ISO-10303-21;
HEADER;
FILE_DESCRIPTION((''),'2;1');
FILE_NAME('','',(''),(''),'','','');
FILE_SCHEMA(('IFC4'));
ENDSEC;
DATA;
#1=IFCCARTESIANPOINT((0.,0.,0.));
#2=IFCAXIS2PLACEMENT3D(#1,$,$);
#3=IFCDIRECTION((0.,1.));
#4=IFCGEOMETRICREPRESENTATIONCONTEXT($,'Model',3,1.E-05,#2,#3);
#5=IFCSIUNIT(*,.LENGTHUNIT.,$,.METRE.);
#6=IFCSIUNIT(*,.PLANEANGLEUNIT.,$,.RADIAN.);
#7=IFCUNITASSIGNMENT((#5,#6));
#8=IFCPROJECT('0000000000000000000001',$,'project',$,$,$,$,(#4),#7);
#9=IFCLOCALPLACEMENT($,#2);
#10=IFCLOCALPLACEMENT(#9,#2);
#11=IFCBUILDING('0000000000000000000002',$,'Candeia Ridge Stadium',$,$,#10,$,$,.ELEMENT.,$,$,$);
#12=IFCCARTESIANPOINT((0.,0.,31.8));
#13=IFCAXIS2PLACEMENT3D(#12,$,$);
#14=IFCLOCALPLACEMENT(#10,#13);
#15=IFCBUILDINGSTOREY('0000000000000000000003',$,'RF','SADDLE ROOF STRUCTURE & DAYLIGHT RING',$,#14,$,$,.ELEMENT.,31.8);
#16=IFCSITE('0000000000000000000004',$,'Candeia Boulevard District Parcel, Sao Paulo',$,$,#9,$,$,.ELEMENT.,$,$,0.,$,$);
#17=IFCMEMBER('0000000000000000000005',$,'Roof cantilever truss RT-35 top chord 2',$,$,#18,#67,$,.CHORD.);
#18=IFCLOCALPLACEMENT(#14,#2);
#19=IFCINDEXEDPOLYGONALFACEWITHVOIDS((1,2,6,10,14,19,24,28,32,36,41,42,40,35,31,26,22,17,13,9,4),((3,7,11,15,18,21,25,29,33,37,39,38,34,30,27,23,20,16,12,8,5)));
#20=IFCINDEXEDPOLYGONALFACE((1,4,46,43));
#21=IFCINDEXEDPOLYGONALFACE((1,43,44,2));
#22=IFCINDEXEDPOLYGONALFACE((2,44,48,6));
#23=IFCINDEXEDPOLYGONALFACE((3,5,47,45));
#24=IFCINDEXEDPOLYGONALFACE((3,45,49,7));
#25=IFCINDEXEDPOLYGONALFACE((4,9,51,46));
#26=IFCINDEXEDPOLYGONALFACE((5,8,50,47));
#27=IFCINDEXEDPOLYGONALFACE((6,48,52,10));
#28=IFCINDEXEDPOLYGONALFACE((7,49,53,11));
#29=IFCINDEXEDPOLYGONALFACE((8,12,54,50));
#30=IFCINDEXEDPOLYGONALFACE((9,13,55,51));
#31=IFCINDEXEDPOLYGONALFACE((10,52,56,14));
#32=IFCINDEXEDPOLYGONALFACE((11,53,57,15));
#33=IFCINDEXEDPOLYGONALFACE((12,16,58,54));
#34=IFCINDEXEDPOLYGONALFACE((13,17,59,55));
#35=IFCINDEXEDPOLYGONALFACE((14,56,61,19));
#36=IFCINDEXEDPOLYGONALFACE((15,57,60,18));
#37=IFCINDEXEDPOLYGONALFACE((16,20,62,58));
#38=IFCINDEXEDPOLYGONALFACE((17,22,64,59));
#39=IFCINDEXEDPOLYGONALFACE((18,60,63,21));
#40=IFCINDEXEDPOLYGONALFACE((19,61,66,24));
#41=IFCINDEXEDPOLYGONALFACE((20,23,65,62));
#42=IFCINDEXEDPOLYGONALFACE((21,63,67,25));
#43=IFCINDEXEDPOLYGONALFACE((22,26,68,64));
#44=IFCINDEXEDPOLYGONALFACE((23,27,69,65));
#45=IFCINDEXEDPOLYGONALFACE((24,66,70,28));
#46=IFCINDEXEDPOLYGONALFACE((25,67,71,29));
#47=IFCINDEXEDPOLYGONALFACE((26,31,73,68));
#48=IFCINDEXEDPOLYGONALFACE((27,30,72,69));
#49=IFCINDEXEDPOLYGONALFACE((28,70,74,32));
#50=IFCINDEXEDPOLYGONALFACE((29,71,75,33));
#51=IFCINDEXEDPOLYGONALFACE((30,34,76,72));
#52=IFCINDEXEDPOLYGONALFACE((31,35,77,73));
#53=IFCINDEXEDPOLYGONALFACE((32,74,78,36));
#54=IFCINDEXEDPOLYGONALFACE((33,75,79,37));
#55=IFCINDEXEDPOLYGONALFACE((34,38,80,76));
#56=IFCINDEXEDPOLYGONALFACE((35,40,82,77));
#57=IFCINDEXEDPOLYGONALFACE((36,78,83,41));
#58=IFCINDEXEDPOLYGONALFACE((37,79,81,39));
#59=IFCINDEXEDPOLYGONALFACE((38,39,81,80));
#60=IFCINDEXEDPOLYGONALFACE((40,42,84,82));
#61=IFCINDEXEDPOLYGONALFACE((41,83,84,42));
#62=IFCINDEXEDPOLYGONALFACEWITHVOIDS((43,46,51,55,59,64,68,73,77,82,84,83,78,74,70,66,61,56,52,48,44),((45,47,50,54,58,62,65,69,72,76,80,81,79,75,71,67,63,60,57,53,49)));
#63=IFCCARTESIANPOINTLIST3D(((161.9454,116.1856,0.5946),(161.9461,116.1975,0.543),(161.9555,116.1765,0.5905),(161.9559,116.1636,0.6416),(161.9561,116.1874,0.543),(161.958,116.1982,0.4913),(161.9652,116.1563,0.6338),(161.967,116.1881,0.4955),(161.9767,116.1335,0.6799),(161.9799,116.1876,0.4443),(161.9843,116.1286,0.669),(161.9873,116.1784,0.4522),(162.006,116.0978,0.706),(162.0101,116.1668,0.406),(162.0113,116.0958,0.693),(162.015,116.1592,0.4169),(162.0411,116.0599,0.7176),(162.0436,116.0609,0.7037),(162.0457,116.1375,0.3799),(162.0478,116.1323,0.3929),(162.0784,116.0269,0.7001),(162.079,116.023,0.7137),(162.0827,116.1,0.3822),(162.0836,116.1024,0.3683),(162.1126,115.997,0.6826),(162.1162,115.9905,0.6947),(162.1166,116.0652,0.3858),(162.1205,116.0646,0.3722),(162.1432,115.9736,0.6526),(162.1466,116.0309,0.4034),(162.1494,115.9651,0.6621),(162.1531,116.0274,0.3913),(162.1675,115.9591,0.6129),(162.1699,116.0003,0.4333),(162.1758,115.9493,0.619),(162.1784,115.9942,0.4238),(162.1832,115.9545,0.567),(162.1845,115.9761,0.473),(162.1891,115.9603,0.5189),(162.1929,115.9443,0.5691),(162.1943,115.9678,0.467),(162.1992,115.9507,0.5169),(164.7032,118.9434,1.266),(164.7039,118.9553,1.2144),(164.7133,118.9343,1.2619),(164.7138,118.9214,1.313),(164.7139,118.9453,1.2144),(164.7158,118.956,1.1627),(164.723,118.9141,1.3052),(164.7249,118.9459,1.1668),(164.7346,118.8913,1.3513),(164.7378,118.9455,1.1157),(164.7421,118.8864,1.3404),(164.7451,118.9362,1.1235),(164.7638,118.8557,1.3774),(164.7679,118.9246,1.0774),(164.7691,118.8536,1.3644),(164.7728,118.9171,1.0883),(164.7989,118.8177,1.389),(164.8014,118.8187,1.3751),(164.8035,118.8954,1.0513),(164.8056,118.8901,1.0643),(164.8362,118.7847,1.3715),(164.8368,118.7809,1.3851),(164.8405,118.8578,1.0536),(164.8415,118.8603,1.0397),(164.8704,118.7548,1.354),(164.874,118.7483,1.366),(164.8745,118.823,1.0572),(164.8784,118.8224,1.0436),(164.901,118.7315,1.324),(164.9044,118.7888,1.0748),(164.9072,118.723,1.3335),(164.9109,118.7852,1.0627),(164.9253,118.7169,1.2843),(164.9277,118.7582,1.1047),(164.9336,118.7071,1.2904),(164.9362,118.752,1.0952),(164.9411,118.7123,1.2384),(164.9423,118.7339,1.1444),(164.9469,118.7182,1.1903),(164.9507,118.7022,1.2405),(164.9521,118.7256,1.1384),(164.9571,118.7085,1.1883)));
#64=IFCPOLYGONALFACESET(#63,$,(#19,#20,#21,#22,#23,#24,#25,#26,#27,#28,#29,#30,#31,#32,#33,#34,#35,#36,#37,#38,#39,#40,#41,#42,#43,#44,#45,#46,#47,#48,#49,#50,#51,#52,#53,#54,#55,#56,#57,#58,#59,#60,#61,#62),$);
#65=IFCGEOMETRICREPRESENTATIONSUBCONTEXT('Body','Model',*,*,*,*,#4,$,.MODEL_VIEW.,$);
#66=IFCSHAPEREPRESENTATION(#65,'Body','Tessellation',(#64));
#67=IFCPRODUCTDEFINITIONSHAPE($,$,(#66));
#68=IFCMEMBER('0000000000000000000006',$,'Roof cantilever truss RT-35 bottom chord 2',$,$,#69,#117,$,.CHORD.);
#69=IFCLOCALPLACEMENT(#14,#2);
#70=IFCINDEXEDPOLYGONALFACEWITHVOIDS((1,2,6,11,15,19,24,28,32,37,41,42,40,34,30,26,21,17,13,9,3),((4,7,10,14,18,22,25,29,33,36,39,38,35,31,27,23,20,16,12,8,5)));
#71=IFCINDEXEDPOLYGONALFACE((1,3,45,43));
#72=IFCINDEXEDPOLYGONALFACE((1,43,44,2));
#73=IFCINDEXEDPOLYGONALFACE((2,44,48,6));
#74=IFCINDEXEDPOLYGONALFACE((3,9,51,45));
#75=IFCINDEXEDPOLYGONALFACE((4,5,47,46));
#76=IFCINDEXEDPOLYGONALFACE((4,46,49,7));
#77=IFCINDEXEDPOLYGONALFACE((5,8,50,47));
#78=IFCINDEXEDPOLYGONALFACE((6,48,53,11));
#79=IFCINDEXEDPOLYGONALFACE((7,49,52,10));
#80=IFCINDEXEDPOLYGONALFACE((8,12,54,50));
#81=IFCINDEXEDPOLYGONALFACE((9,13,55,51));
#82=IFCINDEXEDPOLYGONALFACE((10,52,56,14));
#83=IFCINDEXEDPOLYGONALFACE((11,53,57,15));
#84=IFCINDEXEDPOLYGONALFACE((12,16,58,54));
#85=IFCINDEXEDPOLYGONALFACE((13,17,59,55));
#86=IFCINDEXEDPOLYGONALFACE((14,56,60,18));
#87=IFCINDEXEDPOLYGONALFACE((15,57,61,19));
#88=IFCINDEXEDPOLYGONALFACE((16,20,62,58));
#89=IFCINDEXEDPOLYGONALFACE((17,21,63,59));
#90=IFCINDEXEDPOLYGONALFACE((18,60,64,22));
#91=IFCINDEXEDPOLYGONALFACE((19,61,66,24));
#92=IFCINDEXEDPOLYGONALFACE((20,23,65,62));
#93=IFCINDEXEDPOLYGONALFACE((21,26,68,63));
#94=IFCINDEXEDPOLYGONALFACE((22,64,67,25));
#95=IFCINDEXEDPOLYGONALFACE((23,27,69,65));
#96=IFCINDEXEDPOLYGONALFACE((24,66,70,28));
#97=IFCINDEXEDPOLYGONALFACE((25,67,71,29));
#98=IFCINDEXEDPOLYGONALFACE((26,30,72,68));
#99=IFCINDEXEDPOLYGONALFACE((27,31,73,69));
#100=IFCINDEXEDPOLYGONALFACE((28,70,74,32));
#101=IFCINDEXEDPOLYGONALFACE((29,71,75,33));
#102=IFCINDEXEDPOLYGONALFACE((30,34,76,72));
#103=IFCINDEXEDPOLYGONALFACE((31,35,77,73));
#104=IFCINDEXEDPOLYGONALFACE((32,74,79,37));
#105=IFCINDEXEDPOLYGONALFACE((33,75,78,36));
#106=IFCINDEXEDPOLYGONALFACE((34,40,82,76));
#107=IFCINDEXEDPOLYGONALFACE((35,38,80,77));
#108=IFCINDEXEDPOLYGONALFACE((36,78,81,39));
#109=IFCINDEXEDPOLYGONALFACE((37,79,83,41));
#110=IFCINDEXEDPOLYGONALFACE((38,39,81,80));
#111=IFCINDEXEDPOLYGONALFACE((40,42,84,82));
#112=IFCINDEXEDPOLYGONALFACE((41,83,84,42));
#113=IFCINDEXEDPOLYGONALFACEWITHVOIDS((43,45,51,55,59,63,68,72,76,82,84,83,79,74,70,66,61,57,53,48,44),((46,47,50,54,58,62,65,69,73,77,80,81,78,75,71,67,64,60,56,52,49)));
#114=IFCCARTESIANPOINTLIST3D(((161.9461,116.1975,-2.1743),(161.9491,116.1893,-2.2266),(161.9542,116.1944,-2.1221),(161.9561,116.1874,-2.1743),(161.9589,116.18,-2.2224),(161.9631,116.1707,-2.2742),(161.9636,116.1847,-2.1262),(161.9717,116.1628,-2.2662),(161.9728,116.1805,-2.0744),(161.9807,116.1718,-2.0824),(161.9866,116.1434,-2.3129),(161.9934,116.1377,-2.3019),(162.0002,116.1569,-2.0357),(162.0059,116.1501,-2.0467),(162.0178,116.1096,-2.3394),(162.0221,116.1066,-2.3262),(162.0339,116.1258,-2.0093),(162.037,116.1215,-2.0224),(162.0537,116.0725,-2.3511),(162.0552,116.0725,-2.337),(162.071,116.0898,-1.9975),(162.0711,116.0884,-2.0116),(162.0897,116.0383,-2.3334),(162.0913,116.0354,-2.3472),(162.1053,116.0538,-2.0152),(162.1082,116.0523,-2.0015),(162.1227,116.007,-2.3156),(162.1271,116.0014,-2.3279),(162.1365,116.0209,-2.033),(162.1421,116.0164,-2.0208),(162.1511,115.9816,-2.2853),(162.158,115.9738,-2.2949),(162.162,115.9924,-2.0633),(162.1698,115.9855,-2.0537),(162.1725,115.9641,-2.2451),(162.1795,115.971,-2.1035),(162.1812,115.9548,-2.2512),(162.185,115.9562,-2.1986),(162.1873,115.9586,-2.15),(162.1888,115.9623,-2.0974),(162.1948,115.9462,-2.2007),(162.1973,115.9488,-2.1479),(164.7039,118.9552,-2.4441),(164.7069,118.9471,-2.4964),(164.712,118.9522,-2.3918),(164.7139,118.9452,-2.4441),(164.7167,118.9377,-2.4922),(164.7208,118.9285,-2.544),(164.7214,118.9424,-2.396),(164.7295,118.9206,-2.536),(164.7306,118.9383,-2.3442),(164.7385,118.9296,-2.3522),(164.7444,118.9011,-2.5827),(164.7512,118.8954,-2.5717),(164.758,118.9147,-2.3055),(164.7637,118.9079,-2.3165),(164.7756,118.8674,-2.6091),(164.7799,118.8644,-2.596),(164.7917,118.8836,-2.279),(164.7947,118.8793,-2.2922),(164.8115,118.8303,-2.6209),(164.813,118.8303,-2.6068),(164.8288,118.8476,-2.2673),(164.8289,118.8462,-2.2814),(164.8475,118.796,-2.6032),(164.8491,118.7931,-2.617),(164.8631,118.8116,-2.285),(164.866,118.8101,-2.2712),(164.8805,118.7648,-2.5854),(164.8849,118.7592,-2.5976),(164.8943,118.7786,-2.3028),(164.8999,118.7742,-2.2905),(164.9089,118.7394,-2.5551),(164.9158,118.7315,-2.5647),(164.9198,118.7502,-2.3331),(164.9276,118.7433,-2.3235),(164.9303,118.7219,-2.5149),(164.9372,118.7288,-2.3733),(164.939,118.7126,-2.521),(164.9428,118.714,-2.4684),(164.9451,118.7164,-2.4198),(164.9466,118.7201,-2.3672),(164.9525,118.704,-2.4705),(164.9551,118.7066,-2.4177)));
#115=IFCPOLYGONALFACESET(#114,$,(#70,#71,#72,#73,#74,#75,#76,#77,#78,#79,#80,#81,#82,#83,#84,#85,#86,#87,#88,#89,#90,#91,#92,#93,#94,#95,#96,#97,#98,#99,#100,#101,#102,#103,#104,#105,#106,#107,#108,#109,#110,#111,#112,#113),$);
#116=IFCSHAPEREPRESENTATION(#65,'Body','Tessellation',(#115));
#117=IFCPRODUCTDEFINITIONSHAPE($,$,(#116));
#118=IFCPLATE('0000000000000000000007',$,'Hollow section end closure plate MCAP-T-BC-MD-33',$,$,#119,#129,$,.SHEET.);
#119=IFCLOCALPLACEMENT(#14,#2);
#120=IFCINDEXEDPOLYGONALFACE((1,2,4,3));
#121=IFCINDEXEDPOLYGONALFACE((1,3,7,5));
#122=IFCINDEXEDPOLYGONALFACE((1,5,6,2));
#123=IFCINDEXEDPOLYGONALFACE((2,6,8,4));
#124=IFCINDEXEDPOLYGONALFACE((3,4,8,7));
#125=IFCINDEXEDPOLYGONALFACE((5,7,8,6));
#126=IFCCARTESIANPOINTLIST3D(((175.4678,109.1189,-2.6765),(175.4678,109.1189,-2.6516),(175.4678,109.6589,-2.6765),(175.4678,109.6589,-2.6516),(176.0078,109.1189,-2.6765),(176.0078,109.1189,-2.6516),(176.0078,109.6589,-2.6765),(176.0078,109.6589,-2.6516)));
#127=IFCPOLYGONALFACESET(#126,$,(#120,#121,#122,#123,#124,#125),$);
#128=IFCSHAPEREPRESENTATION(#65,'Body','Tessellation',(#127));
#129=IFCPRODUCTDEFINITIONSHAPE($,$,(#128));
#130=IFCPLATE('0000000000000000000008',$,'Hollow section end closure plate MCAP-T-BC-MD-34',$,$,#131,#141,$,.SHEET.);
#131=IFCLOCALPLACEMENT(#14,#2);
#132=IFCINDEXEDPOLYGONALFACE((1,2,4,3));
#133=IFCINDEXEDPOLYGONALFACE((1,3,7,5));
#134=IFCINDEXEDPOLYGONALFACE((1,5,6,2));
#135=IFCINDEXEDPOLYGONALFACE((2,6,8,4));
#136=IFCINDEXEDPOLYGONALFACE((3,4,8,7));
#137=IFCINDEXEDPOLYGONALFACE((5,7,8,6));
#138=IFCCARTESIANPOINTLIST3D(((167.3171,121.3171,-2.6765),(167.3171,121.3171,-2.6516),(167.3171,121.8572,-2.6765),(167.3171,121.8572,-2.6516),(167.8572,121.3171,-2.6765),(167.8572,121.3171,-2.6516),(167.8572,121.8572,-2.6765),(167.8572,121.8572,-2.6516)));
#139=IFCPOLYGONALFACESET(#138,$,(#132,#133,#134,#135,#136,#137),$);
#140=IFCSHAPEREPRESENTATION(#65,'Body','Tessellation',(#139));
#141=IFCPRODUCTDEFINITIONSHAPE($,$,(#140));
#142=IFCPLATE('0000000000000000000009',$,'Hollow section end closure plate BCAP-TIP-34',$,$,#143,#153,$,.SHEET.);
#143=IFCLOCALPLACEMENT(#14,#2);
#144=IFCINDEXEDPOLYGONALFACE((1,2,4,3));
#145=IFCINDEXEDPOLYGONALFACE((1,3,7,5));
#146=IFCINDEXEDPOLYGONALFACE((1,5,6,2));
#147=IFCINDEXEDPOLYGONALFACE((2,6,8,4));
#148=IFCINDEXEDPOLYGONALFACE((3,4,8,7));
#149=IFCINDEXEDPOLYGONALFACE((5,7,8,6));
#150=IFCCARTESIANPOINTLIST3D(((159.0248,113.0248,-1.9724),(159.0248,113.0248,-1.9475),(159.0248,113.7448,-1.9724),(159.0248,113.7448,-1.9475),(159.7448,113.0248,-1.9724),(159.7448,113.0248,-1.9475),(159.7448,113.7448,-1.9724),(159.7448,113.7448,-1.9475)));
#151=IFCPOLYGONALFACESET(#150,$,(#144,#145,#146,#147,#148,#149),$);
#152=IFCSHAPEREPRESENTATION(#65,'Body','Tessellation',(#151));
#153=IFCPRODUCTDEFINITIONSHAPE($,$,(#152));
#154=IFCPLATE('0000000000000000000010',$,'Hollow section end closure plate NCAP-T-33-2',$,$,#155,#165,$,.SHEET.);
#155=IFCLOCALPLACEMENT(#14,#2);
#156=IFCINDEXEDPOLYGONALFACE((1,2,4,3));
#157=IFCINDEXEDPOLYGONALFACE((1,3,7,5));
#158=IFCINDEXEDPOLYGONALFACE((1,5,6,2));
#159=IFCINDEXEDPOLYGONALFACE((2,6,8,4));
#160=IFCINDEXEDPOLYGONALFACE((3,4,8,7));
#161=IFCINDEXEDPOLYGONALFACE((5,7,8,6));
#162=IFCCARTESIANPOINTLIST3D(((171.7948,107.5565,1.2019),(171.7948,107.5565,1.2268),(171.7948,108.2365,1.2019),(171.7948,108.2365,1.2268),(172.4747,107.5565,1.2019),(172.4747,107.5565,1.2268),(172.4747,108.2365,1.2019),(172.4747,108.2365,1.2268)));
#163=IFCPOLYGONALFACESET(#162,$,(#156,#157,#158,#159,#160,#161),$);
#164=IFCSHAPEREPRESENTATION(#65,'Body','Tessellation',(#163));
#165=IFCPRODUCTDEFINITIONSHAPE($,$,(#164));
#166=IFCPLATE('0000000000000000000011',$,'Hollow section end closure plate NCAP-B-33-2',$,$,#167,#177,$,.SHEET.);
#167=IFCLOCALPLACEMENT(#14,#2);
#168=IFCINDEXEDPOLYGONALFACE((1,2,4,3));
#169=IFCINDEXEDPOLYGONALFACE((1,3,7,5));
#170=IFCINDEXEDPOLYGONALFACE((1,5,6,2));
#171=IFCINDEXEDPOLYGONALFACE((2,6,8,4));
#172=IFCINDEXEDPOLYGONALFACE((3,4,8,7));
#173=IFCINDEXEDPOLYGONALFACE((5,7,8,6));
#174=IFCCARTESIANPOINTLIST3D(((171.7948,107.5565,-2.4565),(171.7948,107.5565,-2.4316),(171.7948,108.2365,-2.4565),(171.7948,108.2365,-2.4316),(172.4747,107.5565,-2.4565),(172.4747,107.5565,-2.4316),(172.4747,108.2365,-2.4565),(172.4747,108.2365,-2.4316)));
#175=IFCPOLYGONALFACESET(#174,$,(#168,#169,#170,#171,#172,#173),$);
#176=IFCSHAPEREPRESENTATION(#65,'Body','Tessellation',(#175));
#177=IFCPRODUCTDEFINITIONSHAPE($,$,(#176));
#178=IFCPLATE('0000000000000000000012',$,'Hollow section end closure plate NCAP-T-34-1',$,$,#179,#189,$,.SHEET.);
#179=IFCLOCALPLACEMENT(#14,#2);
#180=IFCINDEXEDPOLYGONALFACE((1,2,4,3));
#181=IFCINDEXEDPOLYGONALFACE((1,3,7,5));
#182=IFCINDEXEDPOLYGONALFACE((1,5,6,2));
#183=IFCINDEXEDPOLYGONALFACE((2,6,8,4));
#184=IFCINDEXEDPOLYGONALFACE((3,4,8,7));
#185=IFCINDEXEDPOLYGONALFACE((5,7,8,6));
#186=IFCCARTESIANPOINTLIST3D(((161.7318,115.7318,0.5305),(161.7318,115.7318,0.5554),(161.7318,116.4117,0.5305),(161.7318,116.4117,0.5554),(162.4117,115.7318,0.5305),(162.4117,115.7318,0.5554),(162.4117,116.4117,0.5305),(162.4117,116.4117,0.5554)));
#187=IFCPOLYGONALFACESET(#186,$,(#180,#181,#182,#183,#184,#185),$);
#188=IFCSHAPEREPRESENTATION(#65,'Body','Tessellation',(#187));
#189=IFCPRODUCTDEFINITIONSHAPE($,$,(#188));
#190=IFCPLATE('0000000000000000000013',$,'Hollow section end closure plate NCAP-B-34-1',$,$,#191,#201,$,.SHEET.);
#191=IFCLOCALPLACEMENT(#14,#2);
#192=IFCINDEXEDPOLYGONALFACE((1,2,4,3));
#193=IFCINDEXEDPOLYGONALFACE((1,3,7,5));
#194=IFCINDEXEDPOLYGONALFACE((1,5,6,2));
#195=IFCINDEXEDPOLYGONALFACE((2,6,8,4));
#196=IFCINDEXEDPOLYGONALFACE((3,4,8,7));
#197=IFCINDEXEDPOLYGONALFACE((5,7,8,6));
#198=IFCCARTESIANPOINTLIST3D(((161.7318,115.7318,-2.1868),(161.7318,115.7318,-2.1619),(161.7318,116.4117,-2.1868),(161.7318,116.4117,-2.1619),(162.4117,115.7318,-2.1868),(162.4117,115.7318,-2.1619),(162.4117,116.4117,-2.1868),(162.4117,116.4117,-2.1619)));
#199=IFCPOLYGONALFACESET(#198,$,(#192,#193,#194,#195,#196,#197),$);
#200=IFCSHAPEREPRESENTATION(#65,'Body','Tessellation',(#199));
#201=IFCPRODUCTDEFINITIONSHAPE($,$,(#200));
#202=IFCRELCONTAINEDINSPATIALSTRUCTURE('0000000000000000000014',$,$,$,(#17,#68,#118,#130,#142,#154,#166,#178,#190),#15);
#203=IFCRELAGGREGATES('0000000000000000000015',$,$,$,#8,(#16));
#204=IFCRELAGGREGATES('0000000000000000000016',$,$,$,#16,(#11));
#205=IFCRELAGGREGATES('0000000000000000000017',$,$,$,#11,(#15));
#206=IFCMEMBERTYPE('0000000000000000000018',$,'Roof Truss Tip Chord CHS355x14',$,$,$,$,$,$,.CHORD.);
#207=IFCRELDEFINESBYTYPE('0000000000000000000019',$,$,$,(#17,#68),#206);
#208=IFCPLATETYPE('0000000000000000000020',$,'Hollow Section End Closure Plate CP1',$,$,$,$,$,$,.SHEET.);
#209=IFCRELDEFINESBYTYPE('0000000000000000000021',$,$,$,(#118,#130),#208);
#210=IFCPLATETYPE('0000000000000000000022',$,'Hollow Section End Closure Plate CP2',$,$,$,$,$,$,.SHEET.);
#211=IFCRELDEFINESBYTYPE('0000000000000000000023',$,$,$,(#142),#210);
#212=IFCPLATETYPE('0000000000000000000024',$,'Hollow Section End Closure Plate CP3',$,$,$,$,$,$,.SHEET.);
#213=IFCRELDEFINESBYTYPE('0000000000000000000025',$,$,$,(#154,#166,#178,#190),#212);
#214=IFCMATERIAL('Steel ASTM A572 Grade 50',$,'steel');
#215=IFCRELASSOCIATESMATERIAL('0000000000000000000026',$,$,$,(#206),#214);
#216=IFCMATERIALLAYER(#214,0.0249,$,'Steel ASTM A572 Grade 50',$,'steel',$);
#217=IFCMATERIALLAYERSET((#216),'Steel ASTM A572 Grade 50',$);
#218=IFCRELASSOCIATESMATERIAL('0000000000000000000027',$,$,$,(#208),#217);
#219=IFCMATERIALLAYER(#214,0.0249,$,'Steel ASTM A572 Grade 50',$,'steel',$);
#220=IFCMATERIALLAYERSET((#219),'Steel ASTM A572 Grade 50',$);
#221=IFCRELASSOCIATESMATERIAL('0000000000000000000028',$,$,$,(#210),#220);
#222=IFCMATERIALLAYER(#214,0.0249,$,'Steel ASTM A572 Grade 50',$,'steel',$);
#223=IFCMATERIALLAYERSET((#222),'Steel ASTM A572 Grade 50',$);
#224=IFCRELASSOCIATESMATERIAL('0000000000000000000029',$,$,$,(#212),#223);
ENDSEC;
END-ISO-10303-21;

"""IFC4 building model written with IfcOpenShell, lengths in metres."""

from ifc_helpers import new_model, si_unit, direction, frame, origin, origin_2d, place, context, subcontext, project, spatial, rectangle, hollow_circle, extrude, material, layer, layer_set, material_profile, profile_set, type_object, element, save


model = new_model("IFC4")

# Units and contexts
model_context = context("Model", 3, precision=1e-05, world=origin(), true_north=direction((0.0, 1.0)))
body_context = subcontext(model_context, "Body", "Model", "MODEL_VIEW")
ifc_project = project(units=[si_unit("LENGTHUNIT", "METRE"), si_unit("PLANEANGLEUNIT", "RADIAN")], contexts=[model_context])

# Site, building, storey
site_placement = place(None, origin())
site = spatial("IfcSite", under=ifc_project, at=site_placement, Name="Candeia Boulevard District Parcel, Sao Paulo", CompositionType="ELEMENT", RefElevation=0.0)
building_placement = place(site_placement, origin())
building = spatial("IfcBuilding", under=site, at=building_placement, Name="Candeia Ridge Stadium", CompositionType="ELEMENT")
storey_placement = place(building_placement, frame((0.0, 0.0, 31.8)))
storey = spatial("IfcBuildingStorey", under=building, at=storey_placement, Name="RF", Description="SADDLE ROOF STRUCTURE & DAYLIGHT RING", CompositionType="ELEMENT", Elevation=31.8)

# Shared definitions
ifc_material_1 = material(Name="Steel ASTM A572 Grade 50", Category="steel")

# Members
ifc_material_profile_1 = material_profile(ifc_material_1, hollow_circle(Radius=0.1777, WallThickness=0.0142, at=origin_2d()), Name="CHS355x14", Category="steel")
ifc_profile_set_1 = profile_set([ifc_material_profile_1], Name="Steel ASTM A572 Grade 50")
member_type_1 = type_object("IfcMemberType", Name="Roof Truss Tip Chord CHS355x14", PredefinedType="CHORD", material=ifc_profile_set_1)
member_1_placement = place(storey_placement, frame((162.0718, 116.0718, 0.543), z_axis=(0.696857, 0.696857, 0.169649), x_axis=(-0.707107, 0.707107, 0.0)))
element("IfcMember", 1, at=member_1_placement, inside=storey, type_object=member_type_1, Name="Roof cantilever truss RT-35 top chord 2", PredefinedType="CHORD", context=body_context, shape_type="SweptSolid", body=[
    extrude(hollow_circle(Radius=0.1777, WallThickness=0.0142, at=origin_2d()), origin(), (0.0, 0.0, 1.0), 3.9575),
])
member_2_placement = place(storey_placement, frame((162.0718, 116.0718, -2.1743), z_axis=(0.705421, 0.705421, -0.069006), x_axis=(-0.707107, 0.707107, 0.0)))
element("IfcMember", 2, at=member_2_placement, inside=storey, type_object=member_type_1, Name="Roof cantilever truss RT-35 bottom chord 2", PredefinedType="CHORD", context=body_context, shape_type="SweptSolid", body=[
    extrude(hollow_circle(Radius=0.1777, WallThickness=0.0142, at=origin_2d()), origin(), (0.0, 0.0, 1.0), 3.9094),
])

# Plates
ifc_layer_1 = layer(ifc_material_1, 0.0249, Name="Steel ASTM A572 Grade 50", Category="steel")
ifc_layer_set_1 = layer_set([ifc_layer_1], Name="Steel ASTM A572 Grade 50")
plate_type_1 = type_object("IfcPlateType", Name="Hollow Section End Closure Plate CP1", PredefinedType="SHEET", material=ifc_layer_set_1)
for number, where, z_axis, x_axis, name in (
    (3, (175.7378, 109.3889, -2.6765), (0.0, 0.0, 1.0), (1.0, 0.0, 0.0), "Hollow section end closure plate MCAP-T-BC-MD-33"),
    (4, (167.5872, 121.5872, -2.6765), (0.0, 0.0, 1.0), (1.0, 0.0, 0.0), "Hollow section end closure plate MCAP-T-BC-MD-34"),
):
    element("IfcPlate", number, at=place(storey_placement, frame(where, z_axis=z_axis, x_axis=x_axis)), inside=storey, type_object=plate_type_1, Name=name, PredefinedType="SHEET", context=body_context, shape_type="SweptSolid", body=[
        extrude(rectangle(XDim=0.54, YDim=0.54, at=origin_2d()), origin(), (0.0, 0.0, 1.0), 0.0249),
    ])
ifc_layer_2 = layer(ifc_material_1, 0.0249, Name="Steel ASTM A572 Grade 50", Category="steel")
ifc_layer_set_2 = layer_set([ifc_layer_2], Name="Steel ASTM A572 Grade 50")
plate_type_2 = type_object("IfcPlateType", Name="Hollow Section End Closure Plate CP2", PredefinedType="SHEET", material=ifc_layer_set_2)
plate_1_placement = place(storey_placement, frame((159.3848, 113.3848, -1.9724), z_axis=(0.0, 0.0, 1.0), x_axis=(1.0, 0.0, 0.0)))
element("IfcPlate", 5, at=plate_1_placement, inside=storey, type_object=plate_type_2, Name="Hollow section end closure plate BCAP-TIP-34", PredefinedType="SHEET", context=body_context, shape_type="SweptSolid", body=[
    extrude(rectangle(XDim=0.72, YDim=0.72, at=origin_2d()), origin(), (0.0, 0.0, 1.0), 0.0249),
])
ifc_layer_3 = layer(ifc_material_1, 0.0249, Name="Steel ASTM A572 Grade 50", Category="steel")
ifc_layer_set_3 = layer_set([ifc_layer_3], Name="Steel ASTM A572 Grade 50")
plate_type_3 = type_object("IfcPlateType", Name="Hollow Section End Closure Plate CP3", PredefinedType="SHEET", material=ifc_layer_set_3)
for number, where, z_axis, x_axis, name in (
    (6, (172.1348, 107.8965, 1.2019), (0.0, 0.0, 1.0), (1.0, 0.0, 0.0), "Hollow section end closure plate NCAP-T-33-2"),
    (7, (172.1348, 107.8965, -2.4565), (0.0, 0.0, 1.0), (1.0, 0.0, 0.0), "Hollow section end closure plate NCAP-B-33-2"),
    (8, (162.0718, 116.0718, 0.5305), (0.0, 0.0, 1.0), (1.0, 0.0, 0.0), "Hollow section end closure plate NCAP-T-34-1"),
    (9, (162.0718, 116.0718, -2.1868), (0.0, 0.0, 1.0), (1.0, 0.0, 0.0), "Hollow section end closure plate NCAP-B-34-1"),
):
    element("IfcPlate", number, at=place(storey_placement, frame(where, z_axis=z_axis, x_axis=x_axis)), inside=storey, type_object=plate_type_3, Name=name, PredefinedType="SHEET", context=body_context, shape_type="SweptSolid", body=[
        extrude(rectangle(XDim=0.6799, YDim=0.6799, at=origin_2d()), origin(), (0.0, 0.0, 1.0), 0.0249),
    ])

save(model, "model.ifc")
